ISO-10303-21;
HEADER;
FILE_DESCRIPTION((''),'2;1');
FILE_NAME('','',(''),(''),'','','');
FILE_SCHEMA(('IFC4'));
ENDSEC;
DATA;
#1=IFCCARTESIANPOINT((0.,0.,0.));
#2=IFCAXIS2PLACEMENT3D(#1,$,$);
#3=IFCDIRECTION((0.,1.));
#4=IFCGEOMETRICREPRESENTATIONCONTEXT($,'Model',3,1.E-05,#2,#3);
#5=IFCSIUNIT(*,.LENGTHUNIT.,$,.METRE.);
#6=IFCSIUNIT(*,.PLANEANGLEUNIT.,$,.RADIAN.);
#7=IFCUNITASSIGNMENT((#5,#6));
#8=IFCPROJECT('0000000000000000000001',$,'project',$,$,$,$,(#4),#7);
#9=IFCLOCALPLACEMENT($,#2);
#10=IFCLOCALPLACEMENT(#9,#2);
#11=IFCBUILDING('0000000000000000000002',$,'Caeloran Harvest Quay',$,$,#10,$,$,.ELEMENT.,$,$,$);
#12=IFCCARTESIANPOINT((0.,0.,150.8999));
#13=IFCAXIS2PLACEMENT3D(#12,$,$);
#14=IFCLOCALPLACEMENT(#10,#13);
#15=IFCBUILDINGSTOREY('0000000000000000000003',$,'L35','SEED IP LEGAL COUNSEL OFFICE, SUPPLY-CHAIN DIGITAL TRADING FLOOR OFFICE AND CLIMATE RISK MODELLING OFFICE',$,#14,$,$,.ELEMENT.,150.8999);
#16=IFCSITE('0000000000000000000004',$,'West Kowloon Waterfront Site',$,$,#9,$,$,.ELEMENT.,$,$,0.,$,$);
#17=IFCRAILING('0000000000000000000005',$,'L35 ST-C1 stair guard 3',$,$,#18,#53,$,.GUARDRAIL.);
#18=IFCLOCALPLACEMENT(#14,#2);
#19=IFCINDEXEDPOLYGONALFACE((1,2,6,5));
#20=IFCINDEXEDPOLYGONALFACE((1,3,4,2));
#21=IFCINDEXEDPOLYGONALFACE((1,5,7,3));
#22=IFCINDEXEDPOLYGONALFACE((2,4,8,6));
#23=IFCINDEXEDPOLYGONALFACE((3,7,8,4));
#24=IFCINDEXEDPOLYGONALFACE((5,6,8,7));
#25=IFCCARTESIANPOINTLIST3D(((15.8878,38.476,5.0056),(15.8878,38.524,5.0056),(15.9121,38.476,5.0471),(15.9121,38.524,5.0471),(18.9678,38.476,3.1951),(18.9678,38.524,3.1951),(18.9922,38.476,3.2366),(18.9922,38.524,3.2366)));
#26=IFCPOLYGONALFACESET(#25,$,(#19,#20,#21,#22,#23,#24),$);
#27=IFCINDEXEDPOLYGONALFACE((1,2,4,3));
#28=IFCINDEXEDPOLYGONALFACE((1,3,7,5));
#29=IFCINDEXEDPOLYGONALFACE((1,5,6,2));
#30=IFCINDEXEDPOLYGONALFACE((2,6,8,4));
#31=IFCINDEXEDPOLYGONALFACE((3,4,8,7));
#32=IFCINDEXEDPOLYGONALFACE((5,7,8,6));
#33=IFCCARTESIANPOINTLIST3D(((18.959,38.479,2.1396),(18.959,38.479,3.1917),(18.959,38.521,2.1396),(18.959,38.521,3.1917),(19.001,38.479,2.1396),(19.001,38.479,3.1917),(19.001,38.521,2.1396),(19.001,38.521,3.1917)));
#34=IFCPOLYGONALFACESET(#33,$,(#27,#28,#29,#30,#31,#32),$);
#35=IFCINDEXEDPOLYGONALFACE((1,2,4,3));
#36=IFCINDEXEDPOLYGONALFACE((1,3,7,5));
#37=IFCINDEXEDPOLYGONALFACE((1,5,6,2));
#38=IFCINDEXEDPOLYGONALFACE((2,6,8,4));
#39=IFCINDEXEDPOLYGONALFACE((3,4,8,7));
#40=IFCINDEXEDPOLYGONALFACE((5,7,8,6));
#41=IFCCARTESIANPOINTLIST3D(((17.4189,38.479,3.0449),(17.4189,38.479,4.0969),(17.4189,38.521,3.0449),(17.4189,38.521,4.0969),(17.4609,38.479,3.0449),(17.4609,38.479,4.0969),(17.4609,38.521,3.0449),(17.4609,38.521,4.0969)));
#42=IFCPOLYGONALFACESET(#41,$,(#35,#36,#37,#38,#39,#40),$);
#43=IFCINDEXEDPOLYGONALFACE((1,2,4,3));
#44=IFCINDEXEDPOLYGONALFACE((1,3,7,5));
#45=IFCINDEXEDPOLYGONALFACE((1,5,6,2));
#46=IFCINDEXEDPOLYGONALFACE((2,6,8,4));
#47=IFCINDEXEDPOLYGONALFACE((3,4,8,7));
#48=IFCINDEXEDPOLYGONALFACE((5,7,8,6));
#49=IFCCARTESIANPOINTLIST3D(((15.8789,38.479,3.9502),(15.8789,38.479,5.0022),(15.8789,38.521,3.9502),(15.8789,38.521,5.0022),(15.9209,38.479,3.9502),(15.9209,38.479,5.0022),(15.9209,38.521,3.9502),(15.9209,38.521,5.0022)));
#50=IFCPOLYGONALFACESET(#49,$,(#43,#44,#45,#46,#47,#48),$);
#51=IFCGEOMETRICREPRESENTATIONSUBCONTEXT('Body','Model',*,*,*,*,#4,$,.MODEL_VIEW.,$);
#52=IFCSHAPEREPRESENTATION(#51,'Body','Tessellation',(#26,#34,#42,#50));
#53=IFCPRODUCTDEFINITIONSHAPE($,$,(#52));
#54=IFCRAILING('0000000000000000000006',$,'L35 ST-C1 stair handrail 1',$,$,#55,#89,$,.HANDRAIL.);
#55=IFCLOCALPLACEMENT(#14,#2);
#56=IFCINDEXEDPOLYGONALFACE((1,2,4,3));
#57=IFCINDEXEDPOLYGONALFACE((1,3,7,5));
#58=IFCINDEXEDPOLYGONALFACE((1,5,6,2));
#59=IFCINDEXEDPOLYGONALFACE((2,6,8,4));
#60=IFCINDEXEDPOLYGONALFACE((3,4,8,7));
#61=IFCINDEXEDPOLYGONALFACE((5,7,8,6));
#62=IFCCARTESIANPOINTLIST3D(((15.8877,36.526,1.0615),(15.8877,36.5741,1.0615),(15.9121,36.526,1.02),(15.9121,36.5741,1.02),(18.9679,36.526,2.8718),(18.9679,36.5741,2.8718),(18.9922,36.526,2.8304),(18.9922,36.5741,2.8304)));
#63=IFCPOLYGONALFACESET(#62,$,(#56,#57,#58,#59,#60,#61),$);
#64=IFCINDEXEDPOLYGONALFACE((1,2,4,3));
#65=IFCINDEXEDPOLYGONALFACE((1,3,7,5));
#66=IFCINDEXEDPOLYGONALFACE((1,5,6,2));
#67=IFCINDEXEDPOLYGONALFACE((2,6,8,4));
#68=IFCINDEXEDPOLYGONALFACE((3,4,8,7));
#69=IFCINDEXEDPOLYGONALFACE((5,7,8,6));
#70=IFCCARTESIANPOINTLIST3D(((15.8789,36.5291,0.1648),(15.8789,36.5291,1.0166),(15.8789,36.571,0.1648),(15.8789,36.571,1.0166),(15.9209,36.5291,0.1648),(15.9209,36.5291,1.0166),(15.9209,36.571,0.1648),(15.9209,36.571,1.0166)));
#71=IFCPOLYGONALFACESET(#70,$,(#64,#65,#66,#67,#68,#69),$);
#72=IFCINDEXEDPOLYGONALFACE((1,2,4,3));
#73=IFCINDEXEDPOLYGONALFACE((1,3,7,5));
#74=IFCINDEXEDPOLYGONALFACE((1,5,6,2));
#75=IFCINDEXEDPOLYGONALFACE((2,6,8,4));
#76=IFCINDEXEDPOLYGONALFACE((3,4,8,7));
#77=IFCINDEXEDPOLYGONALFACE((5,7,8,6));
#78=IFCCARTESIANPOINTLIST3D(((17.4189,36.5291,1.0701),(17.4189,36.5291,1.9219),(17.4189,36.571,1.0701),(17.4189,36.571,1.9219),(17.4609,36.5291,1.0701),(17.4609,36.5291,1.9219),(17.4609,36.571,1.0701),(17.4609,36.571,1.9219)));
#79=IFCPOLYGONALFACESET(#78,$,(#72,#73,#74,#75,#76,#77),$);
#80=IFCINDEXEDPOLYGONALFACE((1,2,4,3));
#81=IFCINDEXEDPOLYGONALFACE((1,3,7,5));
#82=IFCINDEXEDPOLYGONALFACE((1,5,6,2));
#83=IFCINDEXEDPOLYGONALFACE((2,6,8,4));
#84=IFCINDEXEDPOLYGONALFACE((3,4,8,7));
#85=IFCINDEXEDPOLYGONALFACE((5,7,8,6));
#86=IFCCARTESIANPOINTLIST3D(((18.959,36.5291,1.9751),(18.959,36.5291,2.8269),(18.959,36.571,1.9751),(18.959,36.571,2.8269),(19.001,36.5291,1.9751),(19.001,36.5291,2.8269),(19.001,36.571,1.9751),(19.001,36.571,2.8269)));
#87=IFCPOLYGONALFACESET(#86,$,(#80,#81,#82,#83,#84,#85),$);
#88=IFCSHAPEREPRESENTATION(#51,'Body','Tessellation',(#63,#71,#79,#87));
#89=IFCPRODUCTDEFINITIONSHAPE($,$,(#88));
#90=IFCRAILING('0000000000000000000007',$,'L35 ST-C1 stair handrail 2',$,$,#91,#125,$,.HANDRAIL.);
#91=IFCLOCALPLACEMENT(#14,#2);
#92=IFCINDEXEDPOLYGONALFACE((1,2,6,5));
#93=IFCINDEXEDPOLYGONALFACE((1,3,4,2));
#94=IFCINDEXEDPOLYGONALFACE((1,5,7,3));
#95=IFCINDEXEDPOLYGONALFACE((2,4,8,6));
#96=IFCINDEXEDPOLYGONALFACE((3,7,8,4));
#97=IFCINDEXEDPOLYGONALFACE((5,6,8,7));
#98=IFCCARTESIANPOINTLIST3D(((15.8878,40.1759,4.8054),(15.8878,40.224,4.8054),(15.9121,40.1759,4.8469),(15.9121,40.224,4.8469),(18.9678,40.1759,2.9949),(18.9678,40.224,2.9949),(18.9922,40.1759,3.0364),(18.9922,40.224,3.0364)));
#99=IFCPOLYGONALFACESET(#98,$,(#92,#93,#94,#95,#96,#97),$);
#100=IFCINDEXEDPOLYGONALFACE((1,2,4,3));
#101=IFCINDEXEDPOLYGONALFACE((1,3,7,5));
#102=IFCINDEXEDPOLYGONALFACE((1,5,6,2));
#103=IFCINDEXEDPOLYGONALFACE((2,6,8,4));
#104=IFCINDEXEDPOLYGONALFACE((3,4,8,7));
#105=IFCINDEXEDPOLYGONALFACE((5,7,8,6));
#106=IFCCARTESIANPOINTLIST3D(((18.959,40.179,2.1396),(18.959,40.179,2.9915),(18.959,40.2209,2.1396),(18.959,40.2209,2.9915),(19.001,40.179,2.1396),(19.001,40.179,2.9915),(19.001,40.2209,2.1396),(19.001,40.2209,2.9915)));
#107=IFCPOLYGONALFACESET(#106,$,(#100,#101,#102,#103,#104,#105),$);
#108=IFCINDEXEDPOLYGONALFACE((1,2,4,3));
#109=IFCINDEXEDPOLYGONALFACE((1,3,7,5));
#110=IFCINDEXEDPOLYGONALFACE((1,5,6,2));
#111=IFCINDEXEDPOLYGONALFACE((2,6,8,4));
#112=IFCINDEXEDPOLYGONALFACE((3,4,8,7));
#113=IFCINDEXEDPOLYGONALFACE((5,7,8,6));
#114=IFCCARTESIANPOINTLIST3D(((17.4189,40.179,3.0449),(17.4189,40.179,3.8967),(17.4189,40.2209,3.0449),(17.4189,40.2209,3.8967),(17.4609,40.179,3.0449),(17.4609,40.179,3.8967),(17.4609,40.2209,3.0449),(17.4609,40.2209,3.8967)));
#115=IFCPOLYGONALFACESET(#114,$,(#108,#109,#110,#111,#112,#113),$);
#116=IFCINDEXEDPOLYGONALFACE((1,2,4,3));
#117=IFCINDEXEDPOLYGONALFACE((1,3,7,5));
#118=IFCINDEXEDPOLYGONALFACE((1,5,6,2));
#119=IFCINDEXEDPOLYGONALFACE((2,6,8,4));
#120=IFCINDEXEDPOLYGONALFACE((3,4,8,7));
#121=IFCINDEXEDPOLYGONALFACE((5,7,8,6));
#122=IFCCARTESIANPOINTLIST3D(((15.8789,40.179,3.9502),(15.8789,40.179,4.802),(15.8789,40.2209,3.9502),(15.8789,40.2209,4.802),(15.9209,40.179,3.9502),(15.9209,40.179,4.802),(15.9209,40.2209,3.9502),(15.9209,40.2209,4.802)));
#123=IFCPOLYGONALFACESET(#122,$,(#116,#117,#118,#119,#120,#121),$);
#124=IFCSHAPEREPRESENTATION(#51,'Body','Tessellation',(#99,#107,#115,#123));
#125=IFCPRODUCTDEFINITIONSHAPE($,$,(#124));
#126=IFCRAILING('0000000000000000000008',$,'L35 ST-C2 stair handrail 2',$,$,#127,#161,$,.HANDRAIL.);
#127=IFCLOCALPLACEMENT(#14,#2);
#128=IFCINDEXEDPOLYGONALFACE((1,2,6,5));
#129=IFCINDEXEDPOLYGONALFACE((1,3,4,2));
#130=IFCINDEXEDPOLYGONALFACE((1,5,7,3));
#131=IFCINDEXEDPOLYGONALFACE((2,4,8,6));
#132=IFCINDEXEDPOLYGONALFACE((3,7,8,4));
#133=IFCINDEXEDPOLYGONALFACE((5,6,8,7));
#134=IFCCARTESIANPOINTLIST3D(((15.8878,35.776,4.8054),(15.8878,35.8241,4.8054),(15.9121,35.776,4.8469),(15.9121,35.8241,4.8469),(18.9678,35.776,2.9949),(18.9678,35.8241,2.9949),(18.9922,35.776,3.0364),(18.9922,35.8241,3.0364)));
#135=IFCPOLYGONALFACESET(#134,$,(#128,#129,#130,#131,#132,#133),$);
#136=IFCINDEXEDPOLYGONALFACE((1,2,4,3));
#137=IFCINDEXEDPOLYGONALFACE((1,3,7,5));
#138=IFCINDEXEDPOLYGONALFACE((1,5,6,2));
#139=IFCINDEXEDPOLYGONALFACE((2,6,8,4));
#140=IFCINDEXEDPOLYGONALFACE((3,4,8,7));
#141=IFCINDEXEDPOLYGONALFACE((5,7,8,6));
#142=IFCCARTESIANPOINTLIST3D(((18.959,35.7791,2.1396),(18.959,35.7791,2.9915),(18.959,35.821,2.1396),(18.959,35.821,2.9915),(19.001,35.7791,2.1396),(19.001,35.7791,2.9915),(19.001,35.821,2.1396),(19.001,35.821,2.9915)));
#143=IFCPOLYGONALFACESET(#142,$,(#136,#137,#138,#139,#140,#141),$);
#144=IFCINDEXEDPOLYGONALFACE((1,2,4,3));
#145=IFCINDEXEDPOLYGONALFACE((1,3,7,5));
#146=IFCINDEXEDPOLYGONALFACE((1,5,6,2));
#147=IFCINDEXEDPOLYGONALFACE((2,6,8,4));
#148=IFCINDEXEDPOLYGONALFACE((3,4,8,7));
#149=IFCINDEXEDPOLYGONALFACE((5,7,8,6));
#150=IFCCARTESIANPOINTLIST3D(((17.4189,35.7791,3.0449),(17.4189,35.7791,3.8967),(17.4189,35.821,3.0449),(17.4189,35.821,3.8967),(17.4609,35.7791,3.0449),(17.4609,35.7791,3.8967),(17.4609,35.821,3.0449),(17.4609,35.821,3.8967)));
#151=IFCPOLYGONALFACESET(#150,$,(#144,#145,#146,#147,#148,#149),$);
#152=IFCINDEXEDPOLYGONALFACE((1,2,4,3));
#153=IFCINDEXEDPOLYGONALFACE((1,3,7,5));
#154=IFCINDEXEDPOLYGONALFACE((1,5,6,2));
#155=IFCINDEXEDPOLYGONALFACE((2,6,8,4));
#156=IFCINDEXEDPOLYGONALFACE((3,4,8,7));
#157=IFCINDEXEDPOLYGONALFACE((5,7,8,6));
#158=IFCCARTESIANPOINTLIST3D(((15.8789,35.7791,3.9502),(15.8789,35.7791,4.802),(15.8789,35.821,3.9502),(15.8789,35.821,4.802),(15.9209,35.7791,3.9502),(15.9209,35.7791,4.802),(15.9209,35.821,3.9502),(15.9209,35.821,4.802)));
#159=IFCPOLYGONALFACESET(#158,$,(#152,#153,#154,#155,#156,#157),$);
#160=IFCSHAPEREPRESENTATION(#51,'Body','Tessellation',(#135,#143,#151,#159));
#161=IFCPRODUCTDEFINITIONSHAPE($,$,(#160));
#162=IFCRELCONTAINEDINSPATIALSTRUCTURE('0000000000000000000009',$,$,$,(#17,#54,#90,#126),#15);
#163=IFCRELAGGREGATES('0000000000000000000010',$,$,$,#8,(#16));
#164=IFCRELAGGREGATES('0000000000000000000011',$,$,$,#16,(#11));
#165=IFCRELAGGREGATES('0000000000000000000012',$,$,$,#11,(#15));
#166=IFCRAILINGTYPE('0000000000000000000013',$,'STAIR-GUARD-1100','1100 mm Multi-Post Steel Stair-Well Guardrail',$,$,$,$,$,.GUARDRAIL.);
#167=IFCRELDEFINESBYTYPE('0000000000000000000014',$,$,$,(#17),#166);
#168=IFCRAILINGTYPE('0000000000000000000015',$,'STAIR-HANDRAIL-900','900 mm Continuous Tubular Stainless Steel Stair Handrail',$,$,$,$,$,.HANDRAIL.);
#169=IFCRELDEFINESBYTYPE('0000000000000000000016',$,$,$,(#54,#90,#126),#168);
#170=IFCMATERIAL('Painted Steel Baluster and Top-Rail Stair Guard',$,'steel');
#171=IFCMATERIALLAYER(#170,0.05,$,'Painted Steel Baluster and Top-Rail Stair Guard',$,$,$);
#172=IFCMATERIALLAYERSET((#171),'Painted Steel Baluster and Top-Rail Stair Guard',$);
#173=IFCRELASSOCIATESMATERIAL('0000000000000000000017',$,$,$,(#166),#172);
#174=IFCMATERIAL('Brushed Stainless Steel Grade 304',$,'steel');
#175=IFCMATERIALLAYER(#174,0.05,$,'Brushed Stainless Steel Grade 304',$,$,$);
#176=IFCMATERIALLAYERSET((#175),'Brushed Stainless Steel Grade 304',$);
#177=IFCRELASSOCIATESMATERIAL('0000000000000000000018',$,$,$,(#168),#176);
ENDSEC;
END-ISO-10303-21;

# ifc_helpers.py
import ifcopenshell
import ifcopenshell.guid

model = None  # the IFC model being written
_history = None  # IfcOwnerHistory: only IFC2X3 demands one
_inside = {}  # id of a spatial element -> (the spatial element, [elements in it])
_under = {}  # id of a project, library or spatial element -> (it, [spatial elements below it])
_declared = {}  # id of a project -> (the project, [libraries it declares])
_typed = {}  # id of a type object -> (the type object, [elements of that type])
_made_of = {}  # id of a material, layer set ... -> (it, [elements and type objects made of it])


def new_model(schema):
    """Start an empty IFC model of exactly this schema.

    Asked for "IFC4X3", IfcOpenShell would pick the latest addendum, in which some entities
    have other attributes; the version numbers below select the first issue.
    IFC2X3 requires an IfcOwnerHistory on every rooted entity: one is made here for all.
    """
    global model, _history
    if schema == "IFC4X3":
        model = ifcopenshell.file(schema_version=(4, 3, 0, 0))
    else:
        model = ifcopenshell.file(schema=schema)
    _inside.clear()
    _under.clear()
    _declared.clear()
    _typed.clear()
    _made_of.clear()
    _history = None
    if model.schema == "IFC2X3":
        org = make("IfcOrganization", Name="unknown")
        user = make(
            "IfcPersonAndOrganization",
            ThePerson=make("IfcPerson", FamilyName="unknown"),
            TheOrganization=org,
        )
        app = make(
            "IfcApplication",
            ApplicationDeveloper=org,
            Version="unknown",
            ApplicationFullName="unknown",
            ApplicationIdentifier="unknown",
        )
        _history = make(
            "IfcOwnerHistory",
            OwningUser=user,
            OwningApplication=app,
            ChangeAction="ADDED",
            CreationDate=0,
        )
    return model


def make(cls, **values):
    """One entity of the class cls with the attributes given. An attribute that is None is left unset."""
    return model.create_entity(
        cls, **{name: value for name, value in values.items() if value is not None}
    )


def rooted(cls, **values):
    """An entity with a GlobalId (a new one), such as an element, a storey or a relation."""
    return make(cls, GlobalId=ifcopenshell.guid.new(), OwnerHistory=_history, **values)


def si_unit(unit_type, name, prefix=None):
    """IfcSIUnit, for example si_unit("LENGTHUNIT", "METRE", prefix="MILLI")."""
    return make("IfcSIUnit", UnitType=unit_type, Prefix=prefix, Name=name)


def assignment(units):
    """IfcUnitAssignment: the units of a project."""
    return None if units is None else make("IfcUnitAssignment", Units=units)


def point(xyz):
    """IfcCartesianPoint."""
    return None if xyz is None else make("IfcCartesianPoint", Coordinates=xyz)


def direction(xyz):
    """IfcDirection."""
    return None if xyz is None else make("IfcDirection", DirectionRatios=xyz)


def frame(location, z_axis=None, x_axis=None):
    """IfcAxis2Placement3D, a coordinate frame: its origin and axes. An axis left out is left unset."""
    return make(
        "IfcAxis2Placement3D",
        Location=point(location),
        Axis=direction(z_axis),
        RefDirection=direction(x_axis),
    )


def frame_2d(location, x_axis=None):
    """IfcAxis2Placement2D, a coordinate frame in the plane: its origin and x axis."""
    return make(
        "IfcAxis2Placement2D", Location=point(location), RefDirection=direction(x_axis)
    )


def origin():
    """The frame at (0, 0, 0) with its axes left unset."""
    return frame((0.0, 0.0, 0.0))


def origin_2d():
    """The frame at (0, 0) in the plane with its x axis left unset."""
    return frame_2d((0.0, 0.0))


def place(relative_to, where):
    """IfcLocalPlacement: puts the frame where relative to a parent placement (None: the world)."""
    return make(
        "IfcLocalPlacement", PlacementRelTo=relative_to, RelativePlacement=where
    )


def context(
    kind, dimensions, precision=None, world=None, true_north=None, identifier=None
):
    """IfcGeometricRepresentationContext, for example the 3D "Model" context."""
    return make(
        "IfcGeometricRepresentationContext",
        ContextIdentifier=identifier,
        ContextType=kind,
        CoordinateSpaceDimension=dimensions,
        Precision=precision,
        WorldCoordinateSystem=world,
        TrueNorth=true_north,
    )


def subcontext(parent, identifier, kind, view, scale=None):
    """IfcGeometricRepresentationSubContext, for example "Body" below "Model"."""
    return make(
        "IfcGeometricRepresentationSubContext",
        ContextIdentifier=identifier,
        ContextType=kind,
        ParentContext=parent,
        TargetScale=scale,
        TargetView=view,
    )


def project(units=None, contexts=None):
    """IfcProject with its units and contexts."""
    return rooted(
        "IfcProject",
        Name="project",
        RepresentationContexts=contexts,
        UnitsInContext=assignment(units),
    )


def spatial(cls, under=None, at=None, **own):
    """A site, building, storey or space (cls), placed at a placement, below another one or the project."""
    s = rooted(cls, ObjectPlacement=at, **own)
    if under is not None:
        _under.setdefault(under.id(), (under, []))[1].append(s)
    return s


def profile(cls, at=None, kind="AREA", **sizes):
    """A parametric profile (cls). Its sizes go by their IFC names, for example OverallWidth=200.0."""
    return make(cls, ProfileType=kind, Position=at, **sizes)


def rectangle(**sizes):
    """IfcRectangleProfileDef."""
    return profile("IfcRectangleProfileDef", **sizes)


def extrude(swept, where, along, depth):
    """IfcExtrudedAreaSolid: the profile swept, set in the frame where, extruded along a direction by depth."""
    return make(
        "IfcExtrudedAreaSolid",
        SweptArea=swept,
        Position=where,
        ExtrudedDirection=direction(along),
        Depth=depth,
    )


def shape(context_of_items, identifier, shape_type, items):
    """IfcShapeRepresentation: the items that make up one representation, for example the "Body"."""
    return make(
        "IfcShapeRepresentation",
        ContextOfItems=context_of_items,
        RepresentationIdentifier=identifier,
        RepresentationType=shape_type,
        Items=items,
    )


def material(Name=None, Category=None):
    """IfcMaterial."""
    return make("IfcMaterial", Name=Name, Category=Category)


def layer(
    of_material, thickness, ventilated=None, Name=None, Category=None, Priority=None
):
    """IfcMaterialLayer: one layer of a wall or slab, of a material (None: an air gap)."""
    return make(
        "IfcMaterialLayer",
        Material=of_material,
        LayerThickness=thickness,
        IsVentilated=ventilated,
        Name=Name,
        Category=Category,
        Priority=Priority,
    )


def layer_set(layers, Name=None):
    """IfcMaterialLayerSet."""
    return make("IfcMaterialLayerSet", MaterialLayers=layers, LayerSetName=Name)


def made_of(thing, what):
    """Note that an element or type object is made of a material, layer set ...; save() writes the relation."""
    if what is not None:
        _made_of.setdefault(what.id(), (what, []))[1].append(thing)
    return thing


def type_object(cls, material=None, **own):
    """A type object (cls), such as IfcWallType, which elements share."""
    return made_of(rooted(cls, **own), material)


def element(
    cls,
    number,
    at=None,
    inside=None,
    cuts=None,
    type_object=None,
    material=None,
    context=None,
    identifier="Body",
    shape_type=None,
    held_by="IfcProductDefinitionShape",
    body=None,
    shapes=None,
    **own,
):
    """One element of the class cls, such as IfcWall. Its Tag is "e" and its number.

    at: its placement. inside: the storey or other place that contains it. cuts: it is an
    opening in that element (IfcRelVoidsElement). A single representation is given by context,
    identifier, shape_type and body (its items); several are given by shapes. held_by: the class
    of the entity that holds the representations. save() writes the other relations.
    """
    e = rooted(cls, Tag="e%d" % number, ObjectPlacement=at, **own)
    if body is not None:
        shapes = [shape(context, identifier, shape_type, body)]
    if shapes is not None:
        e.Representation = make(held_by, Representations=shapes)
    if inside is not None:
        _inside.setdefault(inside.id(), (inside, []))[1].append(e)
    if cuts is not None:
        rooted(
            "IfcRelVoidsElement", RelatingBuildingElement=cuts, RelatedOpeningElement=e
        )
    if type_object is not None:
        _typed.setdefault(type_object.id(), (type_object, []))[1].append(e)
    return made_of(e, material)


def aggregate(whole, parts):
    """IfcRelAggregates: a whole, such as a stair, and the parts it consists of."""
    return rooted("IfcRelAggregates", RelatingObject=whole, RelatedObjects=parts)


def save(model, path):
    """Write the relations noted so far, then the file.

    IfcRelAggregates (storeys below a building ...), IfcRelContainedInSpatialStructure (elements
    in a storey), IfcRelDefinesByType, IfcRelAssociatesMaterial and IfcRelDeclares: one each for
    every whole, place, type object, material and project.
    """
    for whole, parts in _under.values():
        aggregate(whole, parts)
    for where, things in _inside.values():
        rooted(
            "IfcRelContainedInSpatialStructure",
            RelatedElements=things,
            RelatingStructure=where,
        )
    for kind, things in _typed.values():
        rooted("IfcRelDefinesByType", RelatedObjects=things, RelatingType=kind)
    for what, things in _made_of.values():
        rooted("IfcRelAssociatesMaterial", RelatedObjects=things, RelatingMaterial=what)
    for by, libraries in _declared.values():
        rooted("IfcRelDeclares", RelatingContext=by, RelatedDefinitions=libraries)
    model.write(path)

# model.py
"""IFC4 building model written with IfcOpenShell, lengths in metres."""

from ifc_helpers import new_model, si_unit, direction, frame, origin, origin_2d, place, context, subcontext, project, spatial, rectangle, extrude, material, layer, layer_set, type_object, element, save


model = new_model("IFC4")

# Units and contexts
model_context = context("Model", 3, precision=1e-05, world=origin(), true_north=direction((0.0, 1.0)))
body_context = subcontext(model_context, "Body", "Model", "MODEL_VIEW")
ifc_project = project(units=[si_unit("LENGTHUNIT", "METRE"), si_unit("PLANEANGLEUNIT", "RADIAN")], contexts=[model_context])

# Site, building, storey
site_placement = place(None, origin())
site = spatial("IfcSite", under=ifc_project, at=site_placement, Name="West Kowloon Waterfront Site", CompositionType="ELEMENT", RefElevation=0.0)
building_placement = place(site_placement, origin())
building = spatial("IfcBuilding", under=site, at=building_placement, Name="Caeloran Harvest Quay", CompositionType="ELEMENT")
storey_placement = place(building_placement, frame((0.0, 0.0, 150.8999)))
storey = spatial("IfcBuildingStorey", under=building, at=storey_placement, Name="L35", Description="SEED IP LEGAL COUNSEL OFFICE, SUPPLY-CHAIN DIGITAL TRADING FLOOR OFFICE AND CLIMATE RISK MODELLING OFFICE", CompositionType="ELEMENT", Elevation=150.8999)

# Railings
ifc_material_1 = material(Name="Painted Steel Baluster and Top-Rail Stair Guard", Category="steel")
ifc_layer_1 = layer(ifc_material_1, 0.05, Name="Painted Steel Baluster and Top-Rail Stair Guard")
ifc_layer_set_1 = layer_set([ifc_layer_1], Name="Painted Steel Baluster and Top-Rail Stair Guard")
railing_type_1 = type_object("IfcRailingType", Name="STAIR-GUARD-1100", Description="1100 mm Multi-Post Steel Stair-Well Guardrail", PredefinedType="GUARDRAIL", material=ifc_layer_set_1)
railing_1_placement = place(storey_placement, frame((18.98, 38.5, 2.1396)))
element("IfcRailing", 1, at=railing_1_placement, inside=storey, type_object=railing_type_1, Name="L35 ST-C1 stair guard 3", PredefinedType="GUARDRAIL", context=body_context, shape_type="SweptSolid", body=[
    extrude(rectangle(XDim=0.0481, YDim=0.0481, at=origin_2d()), frame((0.0, 0.0, 1.0762), z_axis=(-0.862089, 0.0, 0.506757), x_axis=(0.0, -1.0, 0.0)), (0.0, 0.0, 1.0), 3.5728),
    extrude(rectangle(XDim=0.042, YDim=0.042, at=origin_2d()), origin(), (0.0, 0.0, 1.0), 1.052),
    extrude(rectangle(XDim=0.042, YDim=0.042, at=origin_2d()), frame((-1.54, 0.0, 0.9053)), (0.0, 0.0, 1.0), 1.052),
    extrude(rectangle(XDim=0.042, YDim=0.042, at=origin_2d()), frame((-3.0801, 0.0, 1.8105)), (0.0, 0.0, 1.0), 1.052),
])
ifc_material_2 = material(Name="Brushed Stainless Steel Grade 304", Category="steel")
ifc_layer_2 = layer(ifc_material_2, 0.05, Name="Brushed Stainless Steel Grade 304")
ifc_layer_set_2 = layer_set([ifc_layer_2], Name="Brushed Stainless Steel Grade 304")
railing_type_2 = type_object("IfcRailingType", Name="STAIR-HANDRAIL-900", Description="900 mm Continuous Tubular Stainless Steel Stair Handrail", PredefinedType="HANDRAIL", material=ifc_layer_set_2)
railing_2_placement = place(storey_placement, frame((15.8999, 36.55, 0.1648)))
element("IfcRailing", 2, at=railing_2_placement, inside=storey, type_object=railing_type_2, Name="L35 ST-C1 stair handrail 1", PredefinedType="HANDRAIL", context=body_context, shape_type="SweptSolid", body=[
    extrude(rectangle(XDim=0.0481, YDim=0.0481, at=origin_2d()), frame((0.0, 0.0, 0.876), z_axis=(0.862119, 0.0, 0.506707), x_axis=(0.0, 1.0, 0.0)), (0.0, 0.0, 1.0), 3.5728),
    extrude(rectangle(XDim=0.042, YDim=0.042, at=origin_2d()), origin(), (0.0, 0.0, 1.0), 0.8518),
    extrude(rectangle(XDim=0.042, YDim=0.042, at=origin_2d()), frame((1.54, 0.0, 0.9053)), (0.0, 0.0, 1.0), 0.8518),
    extrude(rectangle(XDim=0.042, YDim=0.042, at=origin_2d()), frame((3.0801, 0.0, 1.8103)), (0.0, 0.0, 1.0), 0.8518),
])
for number, where, name in (
    (3, (18.98, 40.2, 2.1396), "L35 ST-C1 stair handrail 2"),
    (4, (18.98, 35.8, 2.1396), "L35 ST-C2 stair handrail 2"),
):
    element("IfcRailing", number, at=place(storey_placement, frame(where)), inside=storey, type_object=railing_type_2, Name=name, PredefinedType="HANDRAIL", context=body_context, shape_type="SweptSolid", body=[
        extrude(rectangle(XDim=0.0481, YDim=0.0481, at=origin_2d()), frame((0.0, 0.0, 0.876), z_axis=(-0.862089, 0.0, 0.506757), x_axis=(0.0, -1.0, 0.0)), (0.0, 0.0, 1.0), 3.5728),
        extrude(rectangle(XDim=0.042, YDim=0.042, at=origin_2d()), origin(), (0.0, 0.0, 1.0), 0.8518),
        extrude(rectangle(XDim=0.042, YDim=0.042, at=origin_2d()), frame((-1.54, 0.0, 0.9053)), (0.0, 0.0, 1.0), 0.8518),
        extrude(rectangle(XDim=0.042, YDim=0.042, at=origin_2d()), frame((-3.0801, 0.0, 1.8105)), (0.0, 0.0, 1.0), 0.8518),
    ])

save(model, "model.ifc")
